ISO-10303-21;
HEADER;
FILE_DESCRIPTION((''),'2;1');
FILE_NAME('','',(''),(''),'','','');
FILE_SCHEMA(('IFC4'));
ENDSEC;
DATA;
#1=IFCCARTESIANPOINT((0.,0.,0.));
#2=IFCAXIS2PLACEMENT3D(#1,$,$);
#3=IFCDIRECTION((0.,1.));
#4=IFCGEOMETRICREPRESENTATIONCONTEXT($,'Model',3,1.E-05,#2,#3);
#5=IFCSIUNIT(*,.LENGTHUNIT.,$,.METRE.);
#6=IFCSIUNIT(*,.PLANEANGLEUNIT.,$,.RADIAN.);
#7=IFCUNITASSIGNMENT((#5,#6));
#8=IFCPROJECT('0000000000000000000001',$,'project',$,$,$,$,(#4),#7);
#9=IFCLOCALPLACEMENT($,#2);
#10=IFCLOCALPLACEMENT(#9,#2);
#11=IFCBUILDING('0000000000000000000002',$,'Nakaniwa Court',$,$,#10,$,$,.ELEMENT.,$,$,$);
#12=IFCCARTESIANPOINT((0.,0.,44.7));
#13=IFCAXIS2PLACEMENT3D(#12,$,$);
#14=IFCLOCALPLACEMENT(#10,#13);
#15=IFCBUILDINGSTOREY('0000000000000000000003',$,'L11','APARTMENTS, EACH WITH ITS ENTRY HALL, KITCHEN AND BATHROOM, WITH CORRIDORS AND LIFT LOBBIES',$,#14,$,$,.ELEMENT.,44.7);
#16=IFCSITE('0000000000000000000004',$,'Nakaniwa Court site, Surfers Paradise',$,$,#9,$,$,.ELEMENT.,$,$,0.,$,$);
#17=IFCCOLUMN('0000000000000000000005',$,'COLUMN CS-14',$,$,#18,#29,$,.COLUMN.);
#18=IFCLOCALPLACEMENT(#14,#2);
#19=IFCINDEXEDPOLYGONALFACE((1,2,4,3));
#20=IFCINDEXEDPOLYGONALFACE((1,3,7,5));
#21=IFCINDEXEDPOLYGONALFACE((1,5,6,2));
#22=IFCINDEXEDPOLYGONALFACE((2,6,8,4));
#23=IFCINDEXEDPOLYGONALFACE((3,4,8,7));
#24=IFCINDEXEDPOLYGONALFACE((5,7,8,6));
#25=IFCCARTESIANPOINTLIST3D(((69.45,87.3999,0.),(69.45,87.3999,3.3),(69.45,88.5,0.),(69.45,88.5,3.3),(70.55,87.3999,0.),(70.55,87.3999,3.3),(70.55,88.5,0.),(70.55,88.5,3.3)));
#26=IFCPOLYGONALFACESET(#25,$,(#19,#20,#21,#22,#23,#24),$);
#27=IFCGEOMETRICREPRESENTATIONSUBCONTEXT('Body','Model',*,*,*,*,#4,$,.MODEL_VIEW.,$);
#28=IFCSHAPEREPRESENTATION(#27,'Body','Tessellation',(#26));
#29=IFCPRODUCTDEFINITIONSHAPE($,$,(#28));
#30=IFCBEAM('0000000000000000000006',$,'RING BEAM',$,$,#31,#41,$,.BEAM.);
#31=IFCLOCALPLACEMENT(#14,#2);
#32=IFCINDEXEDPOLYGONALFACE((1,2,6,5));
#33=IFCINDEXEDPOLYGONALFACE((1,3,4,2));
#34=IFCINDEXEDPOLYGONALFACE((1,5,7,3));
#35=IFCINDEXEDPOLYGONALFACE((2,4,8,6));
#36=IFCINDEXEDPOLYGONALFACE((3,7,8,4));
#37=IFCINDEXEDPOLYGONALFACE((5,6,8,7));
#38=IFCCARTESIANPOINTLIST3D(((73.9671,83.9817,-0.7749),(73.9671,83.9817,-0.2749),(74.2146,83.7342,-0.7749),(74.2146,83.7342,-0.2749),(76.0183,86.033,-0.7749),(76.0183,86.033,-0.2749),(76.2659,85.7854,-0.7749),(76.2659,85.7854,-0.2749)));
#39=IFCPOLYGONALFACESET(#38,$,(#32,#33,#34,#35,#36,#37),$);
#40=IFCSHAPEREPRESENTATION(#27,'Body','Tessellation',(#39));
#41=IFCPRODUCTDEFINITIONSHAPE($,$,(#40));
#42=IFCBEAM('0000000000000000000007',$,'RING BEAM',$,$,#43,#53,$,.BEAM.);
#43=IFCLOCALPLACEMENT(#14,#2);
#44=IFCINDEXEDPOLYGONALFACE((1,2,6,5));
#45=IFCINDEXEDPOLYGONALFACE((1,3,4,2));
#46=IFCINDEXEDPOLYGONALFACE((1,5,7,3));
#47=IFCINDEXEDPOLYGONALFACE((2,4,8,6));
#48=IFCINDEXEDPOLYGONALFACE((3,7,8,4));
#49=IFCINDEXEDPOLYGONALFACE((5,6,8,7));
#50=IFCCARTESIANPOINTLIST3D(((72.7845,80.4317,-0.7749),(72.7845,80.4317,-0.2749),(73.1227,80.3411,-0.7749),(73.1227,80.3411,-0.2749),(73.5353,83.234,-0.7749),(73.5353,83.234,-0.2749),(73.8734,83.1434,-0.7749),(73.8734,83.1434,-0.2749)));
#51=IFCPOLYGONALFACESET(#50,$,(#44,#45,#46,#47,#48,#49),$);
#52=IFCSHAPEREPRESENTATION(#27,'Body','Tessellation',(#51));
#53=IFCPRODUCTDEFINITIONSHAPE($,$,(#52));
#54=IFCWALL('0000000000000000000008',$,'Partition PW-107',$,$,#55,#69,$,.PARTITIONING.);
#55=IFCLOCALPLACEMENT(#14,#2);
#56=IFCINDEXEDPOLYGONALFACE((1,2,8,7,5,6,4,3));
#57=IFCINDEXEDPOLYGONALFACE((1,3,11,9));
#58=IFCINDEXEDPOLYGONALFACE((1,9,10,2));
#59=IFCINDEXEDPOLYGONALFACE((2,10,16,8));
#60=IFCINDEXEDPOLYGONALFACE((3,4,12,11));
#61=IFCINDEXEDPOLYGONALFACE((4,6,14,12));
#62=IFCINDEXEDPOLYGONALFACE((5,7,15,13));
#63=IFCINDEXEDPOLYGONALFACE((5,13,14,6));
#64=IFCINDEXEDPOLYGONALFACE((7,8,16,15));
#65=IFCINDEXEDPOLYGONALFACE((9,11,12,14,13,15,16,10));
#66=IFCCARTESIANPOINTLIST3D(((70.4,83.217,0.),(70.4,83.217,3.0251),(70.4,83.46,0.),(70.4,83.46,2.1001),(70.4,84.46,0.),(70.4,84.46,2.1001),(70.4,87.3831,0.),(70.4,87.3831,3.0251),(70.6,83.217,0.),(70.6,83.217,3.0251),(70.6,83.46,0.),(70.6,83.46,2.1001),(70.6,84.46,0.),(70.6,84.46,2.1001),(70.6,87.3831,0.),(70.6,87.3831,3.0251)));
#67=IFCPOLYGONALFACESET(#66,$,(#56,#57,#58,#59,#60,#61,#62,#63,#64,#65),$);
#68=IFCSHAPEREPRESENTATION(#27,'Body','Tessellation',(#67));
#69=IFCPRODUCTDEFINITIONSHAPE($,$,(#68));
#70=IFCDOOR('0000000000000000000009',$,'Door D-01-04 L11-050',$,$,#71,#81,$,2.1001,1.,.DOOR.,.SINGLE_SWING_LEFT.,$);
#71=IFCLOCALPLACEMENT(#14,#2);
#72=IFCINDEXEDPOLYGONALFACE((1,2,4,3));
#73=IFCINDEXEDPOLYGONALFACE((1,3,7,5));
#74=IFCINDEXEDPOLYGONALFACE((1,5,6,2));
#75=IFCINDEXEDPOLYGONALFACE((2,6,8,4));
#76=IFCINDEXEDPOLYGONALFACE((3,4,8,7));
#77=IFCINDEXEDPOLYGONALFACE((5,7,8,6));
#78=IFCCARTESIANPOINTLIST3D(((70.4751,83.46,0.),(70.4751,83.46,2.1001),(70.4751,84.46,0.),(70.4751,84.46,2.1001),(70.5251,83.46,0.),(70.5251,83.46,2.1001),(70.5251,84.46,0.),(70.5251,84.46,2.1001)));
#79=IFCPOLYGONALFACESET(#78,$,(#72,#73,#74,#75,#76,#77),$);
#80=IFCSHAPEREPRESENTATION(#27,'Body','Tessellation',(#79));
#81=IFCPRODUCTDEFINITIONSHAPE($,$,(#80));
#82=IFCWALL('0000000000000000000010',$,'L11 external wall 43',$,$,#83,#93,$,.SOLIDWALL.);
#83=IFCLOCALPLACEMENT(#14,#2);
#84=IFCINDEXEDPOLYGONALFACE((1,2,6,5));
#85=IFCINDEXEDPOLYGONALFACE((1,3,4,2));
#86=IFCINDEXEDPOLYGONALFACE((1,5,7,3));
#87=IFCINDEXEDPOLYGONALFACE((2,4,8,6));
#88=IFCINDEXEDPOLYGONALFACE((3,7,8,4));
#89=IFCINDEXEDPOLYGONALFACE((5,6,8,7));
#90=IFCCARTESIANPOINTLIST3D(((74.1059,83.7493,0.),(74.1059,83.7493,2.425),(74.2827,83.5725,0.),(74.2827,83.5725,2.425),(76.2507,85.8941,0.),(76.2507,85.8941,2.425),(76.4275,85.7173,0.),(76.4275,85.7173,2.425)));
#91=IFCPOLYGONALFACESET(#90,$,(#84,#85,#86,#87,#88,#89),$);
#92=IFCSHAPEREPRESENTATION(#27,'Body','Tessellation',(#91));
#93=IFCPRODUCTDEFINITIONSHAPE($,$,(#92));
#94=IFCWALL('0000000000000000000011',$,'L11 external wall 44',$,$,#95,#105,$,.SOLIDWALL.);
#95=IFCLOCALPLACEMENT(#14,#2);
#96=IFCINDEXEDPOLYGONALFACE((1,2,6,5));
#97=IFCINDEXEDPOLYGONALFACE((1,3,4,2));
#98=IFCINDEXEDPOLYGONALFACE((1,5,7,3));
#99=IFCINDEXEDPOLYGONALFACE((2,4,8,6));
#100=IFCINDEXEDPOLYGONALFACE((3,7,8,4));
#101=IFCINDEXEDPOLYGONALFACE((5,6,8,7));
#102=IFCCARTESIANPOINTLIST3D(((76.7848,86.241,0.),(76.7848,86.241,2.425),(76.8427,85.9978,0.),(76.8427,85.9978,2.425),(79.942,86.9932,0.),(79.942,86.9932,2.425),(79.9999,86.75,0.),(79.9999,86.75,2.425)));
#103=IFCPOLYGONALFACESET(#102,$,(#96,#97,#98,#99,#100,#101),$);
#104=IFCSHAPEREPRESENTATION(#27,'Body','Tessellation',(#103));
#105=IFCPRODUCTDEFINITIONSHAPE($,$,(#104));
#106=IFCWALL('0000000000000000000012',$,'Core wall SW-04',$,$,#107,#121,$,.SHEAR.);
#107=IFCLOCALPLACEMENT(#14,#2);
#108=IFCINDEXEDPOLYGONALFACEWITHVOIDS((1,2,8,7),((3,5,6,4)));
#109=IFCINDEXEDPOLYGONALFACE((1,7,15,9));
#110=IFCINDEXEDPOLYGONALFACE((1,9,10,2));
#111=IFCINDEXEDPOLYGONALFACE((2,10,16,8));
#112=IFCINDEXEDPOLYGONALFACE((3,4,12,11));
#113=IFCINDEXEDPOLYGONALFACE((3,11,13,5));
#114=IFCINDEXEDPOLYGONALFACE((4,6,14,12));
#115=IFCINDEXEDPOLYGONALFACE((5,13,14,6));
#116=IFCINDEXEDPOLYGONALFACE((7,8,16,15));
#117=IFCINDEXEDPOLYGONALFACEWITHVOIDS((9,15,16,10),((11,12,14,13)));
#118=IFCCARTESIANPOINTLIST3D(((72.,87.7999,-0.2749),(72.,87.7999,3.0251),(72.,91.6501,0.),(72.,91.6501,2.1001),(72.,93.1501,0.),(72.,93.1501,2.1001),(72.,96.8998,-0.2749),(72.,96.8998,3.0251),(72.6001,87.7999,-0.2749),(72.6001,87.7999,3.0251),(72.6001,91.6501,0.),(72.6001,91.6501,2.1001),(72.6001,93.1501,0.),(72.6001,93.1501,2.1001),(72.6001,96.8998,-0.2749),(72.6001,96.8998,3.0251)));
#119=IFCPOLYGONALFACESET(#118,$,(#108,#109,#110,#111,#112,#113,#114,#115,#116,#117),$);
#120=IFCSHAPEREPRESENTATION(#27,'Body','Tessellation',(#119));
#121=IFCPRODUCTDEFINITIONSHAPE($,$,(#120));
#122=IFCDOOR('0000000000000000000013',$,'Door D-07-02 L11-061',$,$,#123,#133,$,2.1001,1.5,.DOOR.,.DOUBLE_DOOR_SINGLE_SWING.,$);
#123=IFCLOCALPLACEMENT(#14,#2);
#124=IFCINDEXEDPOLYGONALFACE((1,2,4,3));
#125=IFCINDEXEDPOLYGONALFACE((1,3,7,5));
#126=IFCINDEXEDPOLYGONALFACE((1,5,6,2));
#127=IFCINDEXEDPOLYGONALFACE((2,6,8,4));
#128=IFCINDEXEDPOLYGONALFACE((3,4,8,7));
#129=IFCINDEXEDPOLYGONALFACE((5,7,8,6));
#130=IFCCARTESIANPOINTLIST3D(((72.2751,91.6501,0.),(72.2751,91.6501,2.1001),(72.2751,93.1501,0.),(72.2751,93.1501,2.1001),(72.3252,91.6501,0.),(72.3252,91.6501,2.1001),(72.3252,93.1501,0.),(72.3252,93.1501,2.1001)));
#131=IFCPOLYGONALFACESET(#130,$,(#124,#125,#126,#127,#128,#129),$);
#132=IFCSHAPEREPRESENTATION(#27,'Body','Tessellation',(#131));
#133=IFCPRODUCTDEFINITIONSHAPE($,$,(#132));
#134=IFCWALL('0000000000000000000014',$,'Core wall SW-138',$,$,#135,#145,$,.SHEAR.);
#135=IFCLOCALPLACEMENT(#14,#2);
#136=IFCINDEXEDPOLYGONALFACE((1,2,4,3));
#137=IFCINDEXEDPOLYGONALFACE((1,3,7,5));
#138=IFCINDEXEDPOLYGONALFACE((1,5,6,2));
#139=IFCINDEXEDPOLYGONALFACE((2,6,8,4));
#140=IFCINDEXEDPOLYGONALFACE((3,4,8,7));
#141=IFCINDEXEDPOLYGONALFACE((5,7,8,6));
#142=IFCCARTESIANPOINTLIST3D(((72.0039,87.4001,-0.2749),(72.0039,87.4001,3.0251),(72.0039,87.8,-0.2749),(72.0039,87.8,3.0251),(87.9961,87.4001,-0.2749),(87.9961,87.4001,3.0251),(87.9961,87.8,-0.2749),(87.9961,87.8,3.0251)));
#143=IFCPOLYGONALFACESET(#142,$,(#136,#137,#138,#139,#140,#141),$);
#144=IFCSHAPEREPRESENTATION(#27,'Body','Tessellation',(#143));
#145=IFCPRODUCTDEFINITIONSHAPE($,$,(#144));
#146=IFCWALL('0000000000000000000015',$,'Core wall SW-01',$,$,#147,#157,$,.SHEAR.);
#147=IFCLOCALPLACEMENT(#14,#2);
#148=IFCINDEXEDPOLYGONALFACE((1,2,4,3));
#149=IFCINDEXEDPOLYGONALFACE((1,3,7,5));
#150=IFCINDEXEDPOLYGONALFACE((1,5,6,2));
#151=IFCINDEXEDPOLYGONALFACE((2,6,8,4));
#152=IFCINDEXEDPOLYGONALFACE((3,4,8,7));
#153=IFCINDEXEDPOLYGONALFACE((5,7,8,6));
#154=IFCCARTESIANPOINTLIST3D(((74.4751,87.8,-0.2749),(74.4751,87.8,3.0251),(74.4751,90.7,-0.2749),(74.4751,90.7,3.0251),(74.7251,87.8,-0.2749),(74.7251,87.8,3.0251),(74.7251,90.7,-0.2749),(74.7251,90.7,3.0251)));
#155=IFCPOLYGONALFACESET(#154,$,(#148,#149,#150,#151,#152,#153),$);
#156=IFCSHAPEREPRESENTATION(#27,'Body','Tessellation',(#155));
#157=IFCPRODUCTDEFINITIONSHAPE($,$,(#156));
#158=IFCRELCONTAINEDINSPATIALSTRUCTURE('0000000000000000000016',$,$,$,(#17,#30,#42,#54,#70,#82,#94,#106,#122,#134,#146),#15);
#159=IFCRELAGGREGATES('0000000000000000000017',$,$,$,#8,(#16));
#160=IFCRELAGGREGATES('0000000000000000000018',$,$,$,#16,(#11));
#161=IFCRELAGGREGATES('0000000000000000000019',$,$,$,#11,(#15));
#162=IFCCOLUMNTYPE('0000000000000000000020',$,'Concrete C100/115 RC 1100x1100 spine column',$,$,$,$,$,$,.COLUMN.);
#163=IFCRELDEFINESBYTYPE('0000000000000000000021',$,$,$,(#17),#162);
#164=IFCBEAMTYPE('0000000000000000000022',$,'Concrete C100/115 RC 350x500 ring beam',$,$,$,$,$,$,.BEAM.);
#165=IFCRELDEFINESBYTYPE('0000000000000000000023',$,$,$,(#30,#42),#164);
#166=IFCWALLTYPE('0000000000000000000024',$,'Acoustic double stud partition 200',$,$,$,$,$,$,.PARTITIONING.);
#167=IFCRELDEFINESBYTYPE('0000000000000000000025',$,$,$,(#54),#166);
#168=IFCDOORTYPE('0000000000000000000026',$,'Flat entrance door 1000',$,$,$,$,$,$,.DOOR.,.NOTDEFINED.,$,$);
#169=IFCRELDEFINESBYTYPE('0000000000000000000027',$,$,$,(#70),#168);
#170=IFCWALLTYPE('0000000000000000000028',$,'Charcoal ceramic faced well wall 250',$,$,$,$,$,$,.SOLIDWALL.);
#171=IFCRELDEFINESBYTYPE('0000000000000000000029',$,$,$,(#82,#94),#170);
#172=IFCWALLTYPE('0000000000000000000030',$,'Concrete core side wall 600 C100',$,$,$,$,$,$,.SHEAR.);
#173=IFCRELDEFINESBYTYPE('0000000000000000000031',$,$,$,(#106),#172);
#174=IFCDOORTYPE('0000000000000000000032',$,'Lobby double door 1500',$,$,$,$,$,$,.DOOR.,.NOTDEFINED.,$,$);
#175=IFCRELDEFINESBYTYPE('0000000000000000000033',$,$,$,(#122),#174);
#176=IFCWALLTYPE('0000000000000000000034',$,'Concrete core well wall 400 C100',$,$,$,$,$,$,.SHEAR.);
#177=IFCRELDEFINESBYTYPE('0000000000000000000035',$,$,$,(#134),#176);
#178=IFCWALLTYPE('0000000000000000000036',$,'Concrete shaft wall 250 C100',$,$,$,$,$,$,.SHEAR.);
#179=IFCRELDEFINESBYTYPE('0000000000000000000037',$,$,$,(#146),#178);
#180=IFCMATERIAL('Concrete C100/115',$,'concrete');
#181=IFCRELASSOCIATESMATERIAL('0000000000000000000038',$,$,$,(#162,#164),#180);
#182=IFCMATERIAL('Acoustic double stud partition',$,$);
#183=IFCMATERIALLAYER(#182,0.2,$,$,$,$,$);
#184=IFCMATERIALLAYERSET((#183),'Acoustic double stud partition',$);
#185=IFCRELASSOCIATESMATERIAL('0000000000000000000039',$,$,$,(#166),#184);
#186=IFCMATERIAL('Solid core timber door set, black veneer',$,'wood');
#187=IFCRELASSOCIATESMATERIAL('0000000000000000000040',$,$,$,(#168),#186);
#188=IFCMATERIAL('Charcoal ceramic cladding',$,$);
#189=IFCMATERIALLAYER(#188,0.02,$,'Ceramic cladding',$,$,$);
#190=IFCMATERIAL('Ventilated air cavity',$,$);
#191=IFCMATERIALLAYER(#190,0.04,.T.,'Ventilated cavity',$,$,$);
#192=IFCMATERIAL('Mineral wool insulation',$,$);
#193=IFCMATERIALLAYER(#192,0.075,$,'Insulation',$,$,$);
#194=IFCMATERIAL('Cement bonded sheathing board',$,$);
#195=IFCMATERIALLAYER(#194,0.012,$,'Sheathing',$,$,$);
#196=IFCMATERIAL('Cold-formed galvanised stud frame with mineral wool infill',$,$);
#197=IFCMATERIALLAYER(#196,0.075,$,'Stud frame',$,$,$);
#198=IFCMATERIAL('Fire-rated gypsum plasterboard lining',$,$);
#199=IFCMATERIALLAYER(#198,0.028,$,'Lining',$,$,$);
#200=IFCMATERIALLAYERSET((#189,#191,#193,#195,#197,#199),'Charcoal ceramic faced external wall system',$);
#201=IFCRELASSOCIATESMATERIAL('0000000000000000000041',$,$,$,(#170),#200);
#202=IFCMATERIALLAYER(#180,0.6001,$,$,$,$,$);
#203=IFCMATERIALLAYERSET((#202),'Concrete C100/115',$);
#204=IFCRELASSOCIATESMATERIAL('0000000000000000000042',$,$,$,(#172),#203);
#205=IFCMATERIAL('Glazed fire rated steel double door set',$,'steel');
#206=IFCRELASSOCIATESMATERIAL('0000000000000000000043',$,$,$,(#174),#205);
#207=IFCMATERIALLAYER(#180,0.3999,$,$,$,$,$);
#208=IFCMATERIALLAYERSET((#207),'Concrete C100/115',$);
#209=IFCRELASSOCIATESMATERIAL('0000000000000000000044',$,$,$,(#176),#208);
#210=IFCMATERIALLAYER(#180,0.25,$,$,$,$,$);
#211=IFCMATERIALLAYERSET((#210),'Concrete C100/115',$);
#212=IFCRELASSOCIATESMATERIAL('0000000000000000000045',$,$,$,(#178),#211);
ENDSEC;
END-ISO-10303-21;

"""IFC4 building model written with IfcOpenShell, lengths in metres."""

from ifc_helpers import new_model, si_unit, direction, frame, frame_2d, origin, origin_2d, place, context, subcontext, project, spatial, rectangle, extrude, material, layer, layer_set, material_profile, profile_set, type_object, element, fill, save


model = new_model("IFC4")

# Units and contexts
model_context = context("Model", 3, precision=1e-05, world=origin(), true_north=direction((0.0, 1.0)))
body_context = subcontext(model_context, "Body", "Model", "MODEL_VIEW")
ifc_project = project(units=[si_unit("LENGTHUNIT", "METRE"), si_unit("PLANEANGLEUNIT", "RADIAN")], contexts=[model_context])

# Site, building, storey
site_placement = place(None, origin())
site = spatial("IfcSite", under=ifc_project, at=site_placement, Name="Nakaniwa Court site, Surfers Paradise", CompositionType="ELEMENT", RefElevation=0.0)
building_placement = place(site_placement, origin())
building = spatial("IfcBuilding", under=site, at=building_placement, Name="Nakaniwa Court", CompositionType="ELEMENT")
storey_placement = place(building_placement, frame((0.0, 0.0, 44.7)))
storey = spatial("IfcBuildingStorey", under=building, at=storey_placement, Name="L11", Description="APARTMENTS, EACH WITH ITS ENTRY HALL, KITCHEN AND BATHROOM, WITH CORRIDORS AND LIFT LOBBIES", CompositionType="ELEMENT", Elevation=44.7)

# Column
ifc_material_1 = material(Name="Concrete C100/115", Category="concrete")
ifc_material_profile_1 = material_profile(ifc_material_1, rectangle(XDim=1.1001, YDim=1.1001, at=origin_2d()), Name="Concrete C100/115 RC 1100x1100 spine column")
ifc_profile_set_1 = profile_set([ifc_material_profile_1], Name="Concrete C100/115")
column_type_1 = type_object("IfcColumnType", Name="Concrete C100/115 RC 1100x1100 spine column", PredefinedType="COLUMN", material=ifc_profile_set_1)
column_placement = place(storey_placement, frame((70.0, 87.95, 0.0), z_axis=(0.0, 0.0, 1.0), x_axis=(0.0, -1.0, 0.0)))
element("IfcColumn", 1, at=column_placement, inside=storey, type_object=column_type_1, Name="COLUMN CS-14", PredefinedType="COLUMN", context=body_context, shape_type="SweptSolid", body=[
    extrude(rectangle(XDim=1.1001, YDim=1.1001, at=origin_2d()), origin(), (0.0, 0.0, 1.0), 3.3),
])

# Beams
ifc_material_profile_2 = material_profile(ifc_material_1, rectangle(XDim=0.3501, YDim=0.5, at=origin_2d()), Name="Concrete C100/115 RC 350x500 ring beam")
ifc_profile_set_2 = profile_set([ifc_material_profile_2], Name="Concrete C100/115")
beam_type = type_object("IfcBeamType", Name="Concrete C100/115 RC 350x500 ring beam", PredefinedType="BEAM", material=ifc_profile_set_2)
beam_1_placement = place(storey_placement, frame((76.1421, 85.9092, -0.5249), z_axis=(-0.707107, -0.707107, 0.0), x_axis=(0.707107, -0.707107, 0.0)))
element("IfcBeam", 2, at=beam_1_placement, inside=storey, type_object=beam_type, Name="RING BEAM", PredefinedType="BEAM", context=body_context, shape_type="SweptSolid", body=[
    extrude(rectangle(XDim=0.3501, YDim=0.5, at=origin_2d()), origin(), (0.0, 0.0, 1.0), 2.9009),
])
beam_2_placement = place(storey_placement, frame((73.7043, 83.1887, -0.5249), z_axis=(-0.258778, -0.965937, 0.0), x_axis=(0.965937, -0.258778, 0.0)))
element("IfcBeam", 3, at=beam_2_placement, inside=storey, type_object=beam_type, Name="RING BEAM", PredefinedType="BEAM", context=body_context, shape_type="SweptSolid", body=[
    extrude(rectangle(XDim=0.3501, YDim=0.5, at=origin_2d()), origin(), (0.0, 0.0, 1.0), 2.9011),
])

# Wall, opening, door
ifc_material_2 = material(Name="Acoustic double stud partition")
ifc_layer_1 = layer(ifc_material_2, 0.2)
ifc_layer_set_1 = layer_set([ifc_layer_1], Name="Acoustic double stud partition")
wall_type_1 = type_object("IfcWallType", Name="Acoustic double stud partition 200", PredefinedType="PARTITIONING", material=ifc_layer_set_1)
wall_1_placement = place(storey_placement, frame((70.5, 83.217, 0.0), z_axis=(0.0, 0.0, 1.0), x_axis=(0.0, 1.0, 0.0)))
wall_1 = element("IfcWall", 4, at=wall_1_placement, inside=storey, type_object=wall_type_1, Name="Partition PW-107", PredefinedType="PARTITIONING", context=body_context, shape_type="SweptSolid", body=[
    extrude(rectangle(XDim=4.166, YDim=0.2, at=frame_2d((2.083, 0.0))), origin(), (0.0, 0.0, 1.0), 3.0251),
])
opening_1_placement = place(wall_1_placement, frame((0.2429, 0.0, 0.0)))
opening_1 = element("IfcOpeningElement", 5, at=opening_1_placement, cuts=wall_1, PredefinedType="OPENING", context=body_context, shape_type="SweptSolid", body=[
    extrude(rectangle(XDim=1.0, YDim=2.1001, at=frame_2d((0.5, 1.05))), frame((0.0, 0.1099, 0.0), z_axis=(0.0, -1.0, 0.0), x_axis=(1.0, 0.0, 0.0)), (0.0, 0.0, 1.0), 0.22),
])
ifc_material_3 = material(Name="Solid core timber door set, black veneer", Category="wood")
door_type_1 = type_object("IfcDoorType", Name="Flat entrance door 1000", OperationType="NOTDEFINED", PredefinedType="DOOR", material=ifc_material_3)
door_1_placement = place(opening_1_placement, origin())
door_1 = element("IfcDoor", 6, at=door_1_placement, inside=storey, type_object=door_type_1, Name="Door D-01-04 L11-050", OperationType="SINGLE_SWING_LEFT", OverallHeight=2.1001, OverallWidth=1.0, PredefinedType="DOOR", context=body_context, shape_type="SweptSolid", body=[
    extrude(rectangle(XDim=1.0, YDim=2.1001, at=frame_2d((0.5, 1.05))), frame((0.0, 0.0249, 0.0), z_axis=(0.0, -1.0, 0.0), x_axis=(1.0, 0.0, 0.0)), (0.0, 0.0, 1.0), 0.05),
])
fill(opening_1, door_1)

# Walls
ifc_material_4 = material(Name="Charcoal ceramic cladding")
ifc_layer_2 = layer(ifc_material_4, 0.02, Name="Ceramic cladding")
ifc_material_5 = material(Name="Ventilated air cavity")
ifc_layer_3 = layer(ifc_material_5, 0.04, ventilated=True, Name="Ventilated cavity")
ifc_material_6 = material(Name="Mineral wool insulation")
ifc_layer_4 = layer(ifc_material_6, 0.075, Name="Insulation")
ifc_material_7 = material(Name="Cement bonded sheathing board")
ifc_layer_5 = layer(ifc_material_7, 0.012, Name="Sheathing")
ifc_material_8 = material(Name="Cold-formed galvanised stud frame with mineral wool infill")
ifc_layer_6 = layer(ifc_material_8, 0.075, Name="Stud frame")
ifc_material_9 = material(Name="Fire-rated gypsum plasterboard lining")
ifc_layer_7 = layer(ifc_material_9, 0.028, Name="Lining")
ifc_layer_set_2 = layer_set([ifc_layer_2, ifc_layer_3, ifc_layer_4, ifc_layer_5, ifc_layer_6, ifc_layer_7], Name="Charcoal ceramic faced external wall system")
wall_type_2 = type_object("IfcWallType", Name="Charcoal ceramic faced well wall 250", PredefinedType="SOLIDWALL", material=ifc_layer_set_2)
wall_2_placement = place(storey_placement, frame((74.1943, 83.6609, 0.0), z_axis=(0.0, 0.0, 1.0), x_axis=(0.707107, 0.707107, 0.0)))
element("IfcWall", 7, at=wall_2_placement, inside=storey, type_object=wall_type_2, Name="L11 external wall 43", PredefinedType="SOLIDWALL", context=body_context, shape_type="SweptSolid", body=[
    extrude(rectangle(XDim=3.0332, YDim=0.25, at=frame_2d((1.5166, 0.0))), origin(), (0.0, 0.0, 1.0), 2.425),
])
wall_3_placement = place(storey_placement, frame((76.8137, 86.1194, 0.0), z_axis=(0.0, 0.0, 1.0), x_axis=(0.972773, 0.23176, 0.0)))
element("IfcWall", 8, at=wall_3_placement, inside=storey, type_object=wall_type_2, Name="L11 external wall 44", PredefinedType="SOLIDWALL", context=body_context, shape_type="SweptSolid", body=[
    extrude(rectangle(XDim=3.2456, YDim=0.25, at=frame_2d((1.6228, 0.0))), origin(), (0.0, 0.0, 1.0), 2.425),
])

# Wall, opening, door
ifc_layer_8 = layer(ifc_material_1, 0.6001)
ifc_layer_set_3 = layer_set([ifc_layer_8], Name="Concrete C100/115")
wall_type_3 = type_object("IfcWallType", Name="Concrete core side wall 600 C100", PredefinedType="SHEAR", material=ifc_layer_set_3)
wall_4_placement = place(storey_placement, frame((72.3, 87.8, -0.2749), z_axis=(0.0, 0.0, 1.0), x_axis=(0.0, 1.0, 0.0)))
wall_4 = element("IfcWall", 9, at=wall_4_placement, inside=storey, type_object=wall_type_3, Name="Core wall SW-04", PredefinedType="SHEAR", context=body_context, shape_type="SweptSolid", body=[
    extrude(rectangle(XDim=9.0999, YDim=0.6001, at=frame_2d((4.5498, 0.0))), origin(), (0.0, 0.0, 1.0), 3.3),
])
opening_2_placement = place(wall_4_placement, frame((3.8501, 0.0, 0.2749)))
opening_2 = element("IfcOpeningElement", 10, at=opening_2_placement, cuts=wall_4, PredefinedType="OPENING", context=body_context, shape_type="SweptSolid", body=[
    extrude(rectangle(XDim=1.5, YDim=2.1001, at=frame_2d((0.75, 1.05))), frame((0.0, 0.3101, 0.0), z_axis=(0.0, -1.0, 0.0), x_axis=(1.0, 0.0, 0.0)), (0.0, 0.0, 1.0), 0.6201),
])
ifc_material_10 = material(Name="Glazed fire rated steel double door set", Category="steel")
door_type_2 = type_object("IfcDoorType", Name="Lobby double door 1500", OperationType="NOTDEFINED", PredefinedType="DOOR", material=ifc_material_10)
door_2_placement = place(opening_2_placement, origin())
door_2 = element("IfcDoor", 11, at=door_2_placement, inside=storey, type_object=door_type_2, Name="Door D-07-02 L11-061", OperationType="DOUBLE_DOOR_SINGLE_SWING", OverallHeight=2.1001, OverallWidth=1.5, PredefinedType="DOOR", context=body_context, shape_type="SweptSolid", body=[
    extrude(rectangle(XDim=1.5, YDim=2.1001, at=frame_2d((0.75, 1.05))), frame((0.0, 0.0249, 0.0), z_axis=(0.0, -1.0, 0.0), x_axis=(1.0, 0.0, 0.0)), (0.0, 0.0, 1.0), 0.05),
])
fill(opening_2, door_2)

# Walls
ifc_layer_9 = layer(ifc_material_1, 0.3999)
ifc_layer_set_4 = layer_set([ifc_layer_9], Name="Concrete C100/115")
wall_type_4 = type_object("IfcWallType", Name="Concrete core well wall 400 C100", PredefinedType="SHEAR", material=ifc_layer_set_4)
wall_5_placement = place(storey_placement, frame((72.0039, 87.6001, -0.2749), z_axis=(0.0, 0.0, 1.0), x_axis=(1.0, 0.0, 0.0)))
element("IfcWall", 12, at=wall_5_placement, inside=storey, type_object=wall_type_4, Name="Core wall SW-138", PredefinedType="SHEAR", context=body_context, shape_type="SweptSolid", body=[
    extrude(rectangle(XDim=15.9922, YDim=0.3999, at=frame_2d((7.9961, 0.0))), origin(), (0.0, 0.0, 1.0), 3.3),
])
ifc_layer_10 = layer(ifc_material_1, 0.25)
ifc_layer_set_5 = layer_set([ifc_layer_10], Name="Concrete C100/115")
wall_type_5 = type_object("IfcWallType", Name="Concrete shaft wall 250 C100", PredefinedType="SHEAR", material=ifc_layer_set_5)
wall_6_placement = place(storey_placement, frame((74.6001, 87.8, -0.2749), z_axis=(0.0, 0.0, 1.0), x_axis=(0.0, 1.0, 0.0)))
element("IfcWall", 13, at=wall_6_placement, inside=storey, type_object=wall_type_5, Name="Core wall SW-01", PredefinedType="SHEAR", context=body_context, shape_type="SweptSolid", body=[
    extrude(rectangle(XDim=2.8999, YDim=0.25, at=frame_2d((1.45, 0.0))), origin(), (0.0, 0.0, 1.0), 3.3),
])

save(model, "model.ifc")
